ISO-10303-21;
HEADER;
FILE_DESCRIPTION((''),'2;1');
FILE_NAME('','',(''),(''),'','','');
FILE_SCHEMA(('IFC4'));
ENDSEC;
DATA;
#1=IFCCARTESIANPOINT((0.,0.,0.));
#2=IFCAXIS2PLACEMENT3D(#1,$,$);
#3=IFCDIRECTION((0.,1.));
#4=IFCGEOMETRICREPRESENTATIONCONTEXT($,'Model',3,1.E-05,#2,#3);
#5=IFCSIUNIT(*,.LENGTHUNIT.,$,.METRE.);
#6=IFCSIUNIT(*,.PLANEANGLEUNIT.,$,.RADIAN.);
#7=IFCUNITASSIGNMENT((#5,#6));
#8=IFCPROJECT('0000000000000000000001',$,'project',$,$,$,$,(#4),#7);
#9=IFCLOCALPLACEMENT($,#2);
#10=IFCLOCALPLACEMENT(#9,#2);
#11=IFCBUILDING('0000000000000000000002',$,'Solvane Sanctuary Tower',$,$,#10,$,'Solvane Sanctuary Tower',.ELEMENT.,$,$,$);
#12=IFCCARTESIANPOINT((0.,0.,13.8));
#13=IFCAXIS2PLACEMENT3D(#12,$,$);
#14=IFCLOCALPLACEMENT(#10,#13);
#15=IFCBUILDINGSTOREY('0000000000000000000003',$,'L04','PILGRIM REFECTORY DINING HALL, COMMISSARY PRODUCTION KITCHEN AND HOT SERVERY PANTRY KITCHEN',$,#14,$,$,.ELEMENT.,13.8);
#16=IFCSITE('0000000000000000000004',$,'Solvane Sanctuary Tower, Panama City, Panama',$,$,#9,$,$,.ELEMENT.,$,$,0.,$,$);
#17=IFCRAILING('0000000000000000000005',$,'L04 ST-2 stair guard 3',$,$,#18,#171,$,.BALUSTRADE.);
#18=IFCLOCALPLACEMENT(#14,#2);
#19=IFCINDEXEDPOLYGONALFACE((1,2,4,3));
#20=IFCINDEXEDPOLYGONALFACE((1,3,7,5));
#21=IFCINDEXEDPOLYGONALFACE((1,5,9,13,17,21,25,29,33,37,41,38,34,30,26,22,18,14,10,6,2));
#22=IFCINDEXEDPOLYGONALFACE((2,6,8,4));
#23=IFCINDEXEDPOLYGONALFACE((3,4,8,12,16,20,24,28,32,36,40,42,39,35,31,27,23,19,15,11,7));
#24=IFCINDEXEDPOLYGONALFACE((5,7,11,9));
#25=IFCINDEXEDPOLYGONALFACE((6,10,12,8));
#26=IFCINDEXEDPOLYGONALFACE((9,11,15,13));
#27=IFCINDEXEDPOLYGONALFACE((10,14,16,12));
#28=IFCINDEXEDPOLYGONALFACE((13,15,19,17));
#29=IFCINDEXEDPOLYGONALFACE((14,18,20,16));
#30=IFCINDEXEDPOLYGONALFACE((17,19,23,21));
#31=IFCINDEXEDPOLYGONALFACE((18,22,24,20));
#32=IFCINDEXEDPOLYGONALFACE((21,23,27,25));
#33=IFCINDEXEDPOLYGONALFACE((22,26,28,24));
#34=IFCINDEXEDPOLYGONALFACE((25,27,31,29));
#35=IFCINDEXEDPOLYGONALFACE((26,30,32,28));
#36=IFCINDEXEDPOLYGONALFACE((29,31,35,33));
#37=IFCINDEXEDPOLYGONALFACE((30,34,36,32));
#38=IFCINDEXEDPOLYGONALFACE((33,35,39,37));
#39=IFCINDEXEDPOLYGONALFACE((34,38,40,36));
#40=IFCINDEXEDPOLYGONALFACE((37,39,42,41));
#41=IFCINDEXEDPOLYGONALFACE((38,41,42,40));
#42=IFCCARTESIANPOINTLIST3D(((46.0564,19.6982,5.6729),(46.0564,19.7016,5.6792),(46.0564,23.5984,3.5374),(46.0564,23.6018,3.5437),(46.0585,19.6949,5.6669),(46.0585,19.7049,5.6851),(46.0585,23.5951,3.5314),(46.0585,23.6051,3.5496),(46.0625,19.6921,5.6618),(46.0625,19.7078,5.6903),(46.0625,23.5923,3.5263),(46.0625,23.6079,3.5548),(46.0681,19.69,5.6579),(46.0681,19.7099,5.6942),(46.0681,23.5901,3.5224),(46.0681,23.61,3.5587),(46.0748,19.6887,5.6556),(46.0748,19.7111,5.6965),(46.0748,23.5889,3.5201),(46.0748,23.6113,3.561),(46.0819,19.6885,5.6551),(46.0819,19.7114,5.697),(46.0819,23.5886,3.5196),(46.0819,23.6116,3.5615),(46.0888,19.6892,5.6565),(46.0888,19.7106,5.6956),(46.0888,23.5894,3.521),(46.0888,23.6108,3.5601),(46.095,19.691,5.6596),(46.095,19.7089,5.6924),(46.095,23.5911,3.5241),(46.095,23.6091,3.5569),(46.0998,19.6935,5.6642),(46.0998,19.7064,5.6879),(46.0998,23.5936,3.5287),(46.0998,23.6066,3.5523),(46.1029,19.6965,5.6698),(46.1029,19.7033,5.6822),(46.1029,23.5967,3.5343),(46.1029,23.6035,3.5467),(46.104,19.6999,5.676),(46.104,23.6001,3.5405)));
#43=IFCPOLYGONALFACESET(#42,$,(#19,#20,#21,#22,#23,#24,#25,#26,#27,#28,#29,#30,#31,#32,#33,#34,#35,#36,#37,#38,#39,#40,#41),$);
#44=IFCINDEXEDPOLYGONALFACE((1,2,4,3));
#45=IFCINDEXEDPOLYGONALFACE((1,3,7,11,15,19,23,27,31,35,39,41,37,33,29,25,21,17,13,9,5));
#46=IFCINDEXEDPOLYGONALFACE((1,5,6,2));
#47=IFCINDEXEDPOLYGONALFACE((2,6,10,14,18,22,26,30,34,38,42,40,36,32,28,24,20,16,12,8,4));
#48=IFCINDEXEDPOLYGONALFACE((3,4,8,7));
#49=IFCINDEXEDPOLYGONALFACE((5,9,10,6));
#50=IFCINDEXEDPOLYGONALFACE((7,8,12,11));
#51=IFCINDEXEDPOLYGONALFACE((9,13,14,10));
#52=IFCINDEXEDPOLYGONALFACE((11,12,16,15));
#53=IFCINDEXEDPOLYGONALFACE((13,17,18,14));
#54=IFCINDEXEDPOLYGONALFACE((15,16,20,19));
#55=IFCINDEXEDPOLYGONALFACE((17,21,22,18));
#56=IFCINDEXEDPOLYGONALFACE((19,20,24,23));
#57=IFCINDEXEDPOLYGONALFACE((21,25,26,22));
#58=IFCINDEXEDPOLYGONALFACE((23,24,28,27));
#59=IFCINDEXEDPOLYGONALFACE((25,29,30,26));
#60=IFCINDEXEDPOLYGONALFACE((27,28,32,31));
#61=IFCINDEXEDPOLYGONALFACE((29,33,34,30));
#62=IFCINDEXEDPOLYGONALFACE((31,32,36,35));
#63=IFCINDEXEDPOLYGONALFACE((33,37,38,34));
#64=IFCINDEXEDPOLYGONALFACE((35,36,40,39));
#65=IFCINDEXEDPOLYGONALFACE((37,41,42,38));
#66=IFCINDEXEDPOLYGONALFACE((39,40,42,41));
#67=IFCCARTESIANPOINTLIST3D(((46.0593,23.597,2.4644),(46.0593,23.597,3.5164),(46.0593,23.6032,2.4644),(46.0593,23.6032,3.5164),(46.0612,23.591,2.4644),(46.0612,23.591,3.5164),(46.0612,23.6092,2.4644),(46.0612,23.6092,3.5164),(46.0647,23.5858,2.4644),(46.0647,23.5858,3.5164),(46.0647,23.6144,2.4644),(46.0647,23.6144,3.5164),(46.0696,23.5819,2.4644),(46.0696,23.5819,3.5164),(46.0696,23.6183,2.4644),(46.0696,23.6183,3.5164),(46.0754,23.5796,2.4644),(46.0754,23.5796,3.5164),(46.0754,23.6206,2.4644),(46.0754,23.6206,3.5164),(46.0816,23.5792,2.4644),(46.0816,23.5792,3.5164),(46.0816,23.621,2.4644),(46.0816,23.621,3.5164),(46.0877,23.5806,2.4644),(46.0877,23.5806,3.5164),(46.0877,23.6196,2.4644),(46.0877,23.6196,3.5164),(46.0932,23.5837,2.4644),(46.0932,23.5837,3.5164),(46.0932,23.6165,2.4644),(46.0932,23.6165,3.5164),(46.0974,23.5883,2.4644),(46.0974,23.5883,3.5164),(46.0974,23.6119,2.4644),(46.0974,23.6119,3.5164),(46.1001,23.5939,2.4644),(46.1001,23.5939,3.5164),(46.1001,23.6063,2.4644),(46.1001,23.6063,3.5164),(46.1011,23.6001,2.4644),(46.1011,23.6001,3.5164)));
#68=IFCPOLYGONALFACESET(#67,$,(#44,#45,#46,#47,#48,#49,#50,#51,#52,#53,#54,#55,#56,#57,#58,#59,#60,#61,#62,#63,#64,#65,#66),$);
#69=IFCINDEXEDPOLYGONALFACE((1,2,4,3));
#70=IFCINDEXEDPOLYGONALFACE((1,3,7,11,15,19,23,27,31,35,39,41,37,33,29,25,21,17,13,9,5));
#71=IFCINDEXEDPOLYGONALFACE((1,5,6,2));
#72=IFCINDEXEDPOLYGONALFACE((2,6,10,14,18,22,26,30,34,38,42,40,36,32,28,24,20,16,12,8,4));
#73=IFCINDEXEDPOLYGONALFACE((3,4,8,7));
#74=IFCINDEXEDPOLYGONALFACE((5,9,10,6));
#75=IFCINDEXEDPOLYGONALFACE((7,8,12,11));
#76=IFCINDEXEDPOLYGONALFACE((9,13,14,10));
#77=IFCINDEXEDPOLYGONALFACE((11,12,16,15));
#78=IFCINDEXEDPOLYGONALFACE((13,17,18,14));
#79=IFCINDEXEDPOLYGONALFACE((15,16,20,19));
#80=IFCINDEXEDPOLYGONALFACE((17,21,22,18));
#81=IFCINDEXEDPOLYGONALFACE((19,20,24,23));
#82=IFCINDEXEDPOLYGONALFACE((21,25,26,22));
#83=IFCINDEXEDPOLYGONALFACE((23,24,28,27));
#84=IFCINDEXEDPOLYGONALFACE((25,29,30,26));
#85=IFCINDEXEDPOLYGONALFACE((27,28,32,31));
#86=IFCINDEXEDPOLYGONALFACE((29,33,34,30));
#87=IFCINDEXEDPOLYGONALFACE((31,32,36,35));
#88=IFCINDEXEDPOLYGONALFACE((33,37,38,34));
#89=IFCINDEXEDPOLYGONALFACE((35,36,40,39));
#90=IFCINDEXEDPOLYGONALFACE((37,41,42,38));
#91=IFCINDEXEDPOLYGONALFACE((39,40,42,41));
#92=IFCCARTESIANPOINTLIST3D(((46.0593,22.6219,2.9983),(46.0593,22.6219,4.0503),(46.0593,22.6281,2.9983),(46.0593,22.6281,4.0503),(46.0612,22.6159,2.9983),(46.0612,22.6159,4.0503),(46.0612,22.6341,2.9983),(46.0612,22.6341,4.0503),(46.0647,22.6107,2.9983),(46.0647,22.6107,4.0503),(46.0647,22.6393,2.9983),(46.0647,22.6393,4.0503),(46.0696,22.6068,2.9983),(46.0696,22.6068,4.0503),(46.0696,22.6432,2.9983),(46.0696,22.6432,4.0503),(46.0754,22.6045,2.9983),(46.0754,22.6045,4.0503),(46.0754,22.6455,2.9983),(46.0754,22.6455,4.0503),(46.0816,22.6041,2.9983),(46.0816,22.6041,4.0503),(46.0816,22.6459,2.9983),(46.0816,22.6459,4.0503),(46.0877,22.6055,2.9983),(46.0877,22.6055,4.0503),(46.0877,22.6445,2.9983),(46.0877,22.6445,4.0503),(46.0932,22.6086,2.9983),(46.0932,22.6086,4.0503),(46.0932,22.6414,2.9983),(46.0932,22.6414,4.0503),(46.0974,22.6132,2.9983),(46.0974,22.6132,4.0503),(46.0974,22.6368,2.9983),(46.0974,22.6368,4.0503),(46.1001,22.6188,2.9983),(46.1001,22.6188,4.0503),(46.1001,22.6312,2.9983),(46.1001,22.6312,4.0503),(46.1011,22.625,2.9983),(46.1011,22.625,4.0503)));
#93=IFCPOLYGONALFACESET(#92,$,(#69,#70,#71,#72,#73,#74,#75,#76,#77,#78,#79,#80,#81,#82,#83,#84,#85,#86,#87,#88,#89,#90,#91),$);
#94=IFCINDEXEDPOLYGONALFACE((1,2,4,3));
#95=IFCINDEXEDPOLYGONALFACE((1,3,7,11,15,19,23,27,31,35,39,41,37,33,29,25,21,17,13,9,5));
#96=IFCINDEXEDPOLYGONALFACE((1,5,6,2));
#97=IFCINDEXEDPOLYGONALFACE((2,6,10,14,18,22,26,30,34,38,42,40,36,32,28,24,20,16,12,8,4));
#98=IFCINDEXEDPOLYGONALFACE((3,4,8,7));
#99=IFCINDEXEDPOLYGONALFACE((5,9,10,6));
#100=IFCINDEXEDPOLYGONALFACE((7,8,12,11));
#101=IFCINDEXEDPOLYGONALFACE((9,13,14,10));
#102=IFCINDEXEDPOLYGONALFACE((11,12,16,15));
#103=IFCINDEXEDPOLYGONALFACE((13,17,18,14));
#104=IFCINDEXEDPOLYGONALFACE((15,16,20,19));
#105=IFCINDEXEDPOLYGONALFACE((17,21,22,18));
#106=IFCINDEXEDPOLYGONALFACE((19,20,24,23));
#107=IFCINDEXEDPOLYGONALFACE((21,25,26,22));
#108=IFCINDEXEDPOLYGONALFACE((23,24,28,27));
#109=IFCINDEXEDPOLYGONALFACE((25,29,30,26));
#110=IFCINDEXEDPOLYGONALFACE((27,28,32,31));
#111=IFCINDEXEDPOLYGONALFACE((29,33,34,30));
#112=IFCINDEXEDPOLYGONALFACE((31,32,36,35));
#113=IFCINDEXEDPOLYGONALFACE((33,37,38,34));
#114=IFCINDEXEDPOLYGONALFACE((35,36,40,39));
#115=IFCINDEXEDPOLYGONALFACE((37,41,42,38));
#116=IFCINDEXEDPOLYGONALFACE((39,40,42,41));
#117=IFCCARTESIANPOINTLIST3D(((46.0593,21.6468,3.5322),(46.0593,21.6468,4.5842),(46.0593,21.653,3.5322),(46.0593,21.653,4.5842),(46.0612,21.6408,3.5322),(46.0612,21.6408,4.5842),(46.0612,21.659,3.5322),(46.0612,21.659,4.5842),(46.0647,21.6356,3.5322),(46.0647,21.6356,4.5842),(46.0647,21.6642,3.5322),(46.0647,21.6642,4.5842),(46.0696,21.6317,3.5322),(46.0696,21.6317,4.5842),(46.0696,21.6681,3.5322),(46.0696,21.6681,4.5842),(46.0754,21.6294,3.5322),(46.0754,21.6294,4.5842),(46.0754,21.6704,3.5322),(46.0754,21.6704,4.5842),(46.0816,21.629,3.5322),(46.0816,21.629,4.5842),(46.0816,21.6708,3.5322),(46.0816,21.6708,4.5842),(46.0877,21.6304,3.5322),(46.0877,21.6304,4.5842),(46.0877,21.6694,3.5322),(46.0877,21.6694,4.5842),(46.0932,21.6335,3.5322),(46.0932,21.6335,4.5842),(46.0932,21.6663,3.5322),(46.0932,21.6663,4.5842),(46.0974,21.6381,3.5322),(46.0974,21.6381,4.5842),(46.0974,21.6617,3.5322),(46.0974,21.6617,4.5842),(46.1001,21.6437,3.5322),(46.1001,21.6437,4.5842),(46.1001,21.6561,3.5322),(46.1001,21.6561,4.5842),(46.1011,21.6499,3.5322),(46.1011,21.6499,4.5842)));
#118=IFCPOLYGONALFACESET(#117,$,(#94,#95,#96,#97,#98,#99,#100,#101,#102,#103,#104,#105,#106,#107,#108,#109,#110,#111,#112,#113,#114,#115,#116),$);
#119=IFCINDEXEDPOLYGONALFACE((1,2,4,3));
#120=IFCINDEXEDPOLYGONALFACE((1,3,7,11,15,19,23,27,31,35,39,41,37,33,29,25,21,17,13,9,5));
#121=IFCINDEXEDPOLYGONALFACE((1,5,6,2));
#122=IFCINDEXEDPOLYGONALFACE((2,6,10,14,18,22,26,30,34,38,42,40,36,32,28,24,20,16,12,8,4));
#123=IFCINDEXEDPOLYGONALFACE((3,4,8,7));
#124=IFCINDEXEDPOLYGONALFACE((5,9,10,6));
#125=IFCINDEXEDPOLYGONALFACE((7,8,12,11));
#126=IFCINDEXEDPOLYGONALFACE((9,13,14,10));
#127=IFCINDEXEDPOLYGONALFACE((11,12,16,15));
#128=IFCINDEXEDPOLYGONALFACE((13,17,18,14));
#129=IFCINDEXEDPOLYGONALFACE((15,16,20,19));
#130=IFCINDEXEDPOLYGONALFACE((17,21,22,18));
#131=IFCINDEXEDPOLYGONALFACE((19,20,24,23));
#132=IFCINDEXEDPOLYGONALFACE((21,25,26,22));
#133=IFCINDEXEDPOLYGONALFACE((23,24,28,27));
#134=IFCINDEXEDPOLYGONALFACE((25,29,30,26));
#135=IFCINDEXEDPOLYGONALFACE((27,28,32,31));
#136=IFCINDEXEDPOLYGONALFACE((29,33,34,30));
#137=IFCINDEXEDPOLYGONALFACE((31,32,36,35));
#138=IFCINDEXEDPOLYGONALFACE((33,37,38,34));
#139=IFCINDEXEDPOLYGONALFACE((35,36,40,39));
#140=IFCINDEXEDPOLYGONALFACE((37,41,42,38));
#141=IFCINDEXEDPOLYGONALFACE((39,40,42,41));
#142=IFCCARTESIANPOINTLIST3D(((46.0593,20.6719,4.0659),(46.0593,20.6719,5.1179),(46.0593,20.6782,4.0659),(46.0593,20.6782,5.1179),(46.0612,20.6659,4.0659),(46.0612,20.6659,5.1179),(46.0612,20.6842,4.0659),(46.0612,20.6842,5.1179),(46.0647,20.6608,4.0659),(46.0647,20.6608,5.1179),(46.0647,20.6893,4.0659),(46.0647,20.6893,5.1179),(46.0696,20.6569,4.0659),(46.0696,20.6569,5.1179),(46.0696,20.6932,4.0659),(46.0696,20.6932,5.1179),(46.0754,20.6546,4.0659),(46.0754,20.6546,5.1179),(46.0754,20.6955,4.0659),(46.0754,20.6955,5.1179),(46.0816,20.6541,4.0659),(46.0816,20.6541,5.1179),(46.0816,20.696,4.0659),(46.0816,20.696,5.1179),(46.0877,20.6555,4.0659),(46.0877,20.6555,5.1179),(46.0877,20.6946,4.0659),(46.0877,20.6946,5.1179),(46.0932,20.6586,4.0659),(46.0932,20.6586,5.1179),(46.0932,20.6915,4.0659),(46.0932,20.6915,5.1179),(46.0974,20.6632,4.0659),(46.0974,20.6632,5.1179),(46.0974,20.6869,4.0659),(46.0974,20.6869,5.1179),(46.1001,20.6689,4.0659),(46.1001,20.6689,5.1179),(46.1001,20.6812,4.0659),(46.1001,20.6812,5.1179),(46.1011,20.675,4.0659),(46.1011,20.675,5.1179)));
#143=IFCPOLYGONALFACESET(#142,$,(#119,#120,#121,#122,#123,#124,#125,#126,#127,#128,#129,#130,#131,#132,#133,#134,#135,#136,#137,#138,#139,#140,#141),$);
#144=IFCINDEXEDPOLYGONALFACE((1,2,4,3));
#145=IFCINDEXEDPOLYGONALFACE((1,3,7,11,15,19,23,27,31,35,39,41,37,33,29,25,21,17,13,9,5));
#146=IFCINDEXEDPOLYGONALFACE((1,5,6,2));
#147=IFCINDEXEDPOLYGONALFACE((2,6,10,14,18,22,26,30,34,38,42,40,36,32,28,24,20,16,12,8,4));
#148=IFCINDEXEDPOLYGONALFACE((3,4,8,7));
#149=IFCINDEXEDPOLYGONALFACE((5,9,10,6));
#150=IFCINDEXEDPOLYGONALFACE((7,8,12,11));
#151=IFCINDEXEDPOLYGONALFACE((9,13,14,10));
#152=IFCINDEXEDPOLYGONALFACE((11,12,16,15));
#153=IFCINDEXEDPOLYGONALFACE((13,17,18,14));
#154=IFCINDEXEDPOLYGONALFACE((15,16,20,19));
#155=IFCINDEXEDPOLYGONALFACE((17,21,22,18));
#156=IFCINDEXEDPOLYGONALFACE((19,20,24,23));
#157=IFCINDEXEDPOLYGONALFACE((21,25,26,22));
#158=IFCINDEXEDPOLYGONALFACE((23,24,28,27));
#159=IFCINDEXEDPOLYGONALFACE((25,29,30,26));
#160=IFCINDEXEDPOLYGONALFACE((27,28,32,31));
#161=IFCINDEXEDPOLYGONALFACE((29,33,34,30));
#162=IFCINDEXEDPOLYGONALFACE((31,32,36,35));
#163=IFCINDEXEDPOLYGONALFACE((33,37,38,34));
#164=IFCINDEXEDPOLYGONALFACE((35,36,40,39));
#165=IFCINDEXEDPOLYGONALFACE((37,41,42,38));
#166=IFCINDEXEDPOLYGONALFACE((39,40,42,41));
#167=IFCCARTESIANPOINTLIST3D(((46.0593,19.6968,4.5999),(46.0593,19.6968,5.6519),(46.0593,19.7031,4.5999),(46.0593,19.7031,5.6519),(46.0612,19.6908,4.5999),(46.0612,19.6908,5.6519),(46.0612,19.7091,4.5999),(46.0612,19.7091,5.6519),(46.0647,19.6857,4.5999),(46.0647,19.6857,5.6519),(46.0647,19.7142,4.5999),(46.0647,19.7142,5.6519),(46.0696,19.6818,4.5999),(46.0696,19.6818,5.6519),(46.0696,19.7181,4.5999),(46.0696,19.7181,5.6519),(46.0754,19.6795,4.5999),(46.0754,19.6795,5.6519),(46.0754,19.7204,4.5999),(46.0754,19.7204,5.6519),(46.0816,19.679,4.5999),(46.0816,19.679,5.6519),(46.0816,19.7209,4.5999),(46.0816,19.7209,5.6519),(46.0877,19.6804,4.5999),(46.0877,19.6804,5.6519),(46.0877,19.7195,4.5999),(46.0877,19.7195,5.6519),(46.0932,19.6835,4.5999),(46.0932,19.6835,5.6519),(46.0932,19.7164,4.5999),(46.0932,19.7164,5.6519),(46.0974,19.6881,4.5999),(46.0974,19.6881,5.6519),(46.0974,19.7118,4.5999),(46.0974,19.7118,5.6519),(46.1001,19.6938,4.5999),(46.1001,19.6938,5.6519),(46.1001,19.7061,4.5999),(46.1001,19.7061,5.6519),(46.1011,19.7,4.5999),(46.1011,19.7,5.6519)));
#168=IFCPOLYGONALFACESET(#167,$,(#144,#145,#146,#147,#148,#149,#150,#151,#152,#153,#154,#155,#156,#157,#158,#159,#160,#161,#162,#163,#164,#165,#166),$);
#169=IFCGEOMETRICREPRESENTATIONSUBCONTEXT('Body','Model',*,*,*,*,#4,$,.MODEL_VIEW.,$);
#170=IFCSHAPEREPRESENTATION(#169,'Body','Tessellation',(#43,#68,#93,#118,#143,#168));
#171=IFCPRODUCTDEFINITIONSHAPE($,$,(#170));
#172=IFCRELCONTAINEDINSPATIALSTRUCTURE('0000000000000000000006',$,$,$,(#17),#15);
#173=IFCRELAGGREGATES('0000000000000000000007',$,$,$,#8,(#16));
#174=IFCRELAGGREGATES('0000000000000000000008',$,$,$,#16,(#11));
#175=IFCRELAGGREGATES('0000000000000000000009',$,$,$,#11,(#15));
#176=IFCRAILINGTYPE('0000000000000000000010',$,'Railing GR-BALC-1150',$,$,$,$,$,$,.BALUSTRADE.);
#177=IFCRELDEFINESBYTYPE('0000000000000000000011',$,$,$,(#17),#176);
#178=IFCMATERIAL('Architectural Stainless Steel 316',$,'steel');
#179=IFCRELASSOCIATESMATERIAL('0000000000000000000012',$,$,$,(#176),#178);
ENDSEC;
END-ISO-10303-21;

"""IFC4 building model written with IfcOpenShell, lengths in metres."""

from ifc_helpers import new_model, si_unit, direction, frame, origin, origin_2d, place, context, subcontext, project, spatial, circle, extrude, material, type_object, element, save


model = new_model("IFC4")

# Units and contexts
model_context = context("Model", 3, precision=1e-05, world=origin(), true_north=direction((0.0, 1.0)))
body_context = subcontext(model_context, "Body", "Model", "MODEL_VIEW")
ifc_project = project(units=[si_unit("LENGTHUNIT", "METRE"), si_unit("PLANEANGLEUNIT", "RADIAN")], contexts=[model_context])

# Site, building, storey
site_placement = place(None, origin())
site = spatial("IfcSite", under=ifc_project, at=site_placement, Name="Solvane Sanctuary Tower, Panama City, Panama", CompositionType="ELEMENT", RefElevation=0.0)
building_placement = place(site_placement, origin())
building = spatial("IfcBuilding", under=site, at=building_placement, Name="Solvane Sanctuary Tower", LongName="Solvane Sanctuary Tower", CompositionType="ELEMENT")
storey_placement = place(building_placement, frame((0.0, 0.0, 13.8)))
storey = spatial("IfcBuildingStorey", under=building, at=storey_placement, Name="L04", Description="PILGRIM REFECTORY DINING HALL, COMMISSARY PRODUCTION KITCHEN AND HOT SERVERY PANTRY KITCHEN", CompositionType="ELEMENT", Elevation=13.8)

# Shared definitions
ifc_material_1 = material(Name="Architectural Stainless Steel 316", Category="steel")

# Railing
railing_type_1 = type_object("IfcRailingType", Name="Railing GR-BALC-1150", PredefinedType="BALUSTRADE", material=ifc_material_1)
railing_1_placement = place(storey_placement, frame((46.0801, 23.6001, 2.4644)))
element("IfcRailing", 1, at=railing_1_placement, inside=storey, type_object=railing_type_1, Name="L04 ST-2 stair guard 3", PredefinedType="BALUSTRADE", context=body_context, shape_type="SweptSolid", body=[
    extrude(circle(Radius=0.0239, at=origin_2d()), frame((0.0, 0.0, 1.0762), z_axis=(0.0, -0.877124, 0.480263), x_axis=(1.0, 0.0, 0.0)), (0.0, 0.0, 1.0), 4.4465),
    extrude(circle(Radius=0.021, at=origin_2d()), origin(), (0.0, 0.0, 1.0), 1.052),
    extrude(circle(Radius=0.021, at=origin_2d()), frame((0.0, -0.9751, 0.5339)), (0.0, 0.0, 1.0), 1.052),
    extrude(circle(Radius=0.021, at=origin_2d()), frame((0.0, -1.9502, 1.0679)), (0.0, 0.0, 1.0), 1.052),
    extrude(circle(Radius=0.021, at=origin_2d()), frame((0.0, -2.925, 1.6016)), (0.0, 0.0, 1.0), 1.052),
    extrude(circle(Radius=0.021, at=origin_2d()), frame((0.0, -3.9001, 2.1355)), (0.0, 0.0, 1.0), 1.052),
])

save(model, "model.ifc")
